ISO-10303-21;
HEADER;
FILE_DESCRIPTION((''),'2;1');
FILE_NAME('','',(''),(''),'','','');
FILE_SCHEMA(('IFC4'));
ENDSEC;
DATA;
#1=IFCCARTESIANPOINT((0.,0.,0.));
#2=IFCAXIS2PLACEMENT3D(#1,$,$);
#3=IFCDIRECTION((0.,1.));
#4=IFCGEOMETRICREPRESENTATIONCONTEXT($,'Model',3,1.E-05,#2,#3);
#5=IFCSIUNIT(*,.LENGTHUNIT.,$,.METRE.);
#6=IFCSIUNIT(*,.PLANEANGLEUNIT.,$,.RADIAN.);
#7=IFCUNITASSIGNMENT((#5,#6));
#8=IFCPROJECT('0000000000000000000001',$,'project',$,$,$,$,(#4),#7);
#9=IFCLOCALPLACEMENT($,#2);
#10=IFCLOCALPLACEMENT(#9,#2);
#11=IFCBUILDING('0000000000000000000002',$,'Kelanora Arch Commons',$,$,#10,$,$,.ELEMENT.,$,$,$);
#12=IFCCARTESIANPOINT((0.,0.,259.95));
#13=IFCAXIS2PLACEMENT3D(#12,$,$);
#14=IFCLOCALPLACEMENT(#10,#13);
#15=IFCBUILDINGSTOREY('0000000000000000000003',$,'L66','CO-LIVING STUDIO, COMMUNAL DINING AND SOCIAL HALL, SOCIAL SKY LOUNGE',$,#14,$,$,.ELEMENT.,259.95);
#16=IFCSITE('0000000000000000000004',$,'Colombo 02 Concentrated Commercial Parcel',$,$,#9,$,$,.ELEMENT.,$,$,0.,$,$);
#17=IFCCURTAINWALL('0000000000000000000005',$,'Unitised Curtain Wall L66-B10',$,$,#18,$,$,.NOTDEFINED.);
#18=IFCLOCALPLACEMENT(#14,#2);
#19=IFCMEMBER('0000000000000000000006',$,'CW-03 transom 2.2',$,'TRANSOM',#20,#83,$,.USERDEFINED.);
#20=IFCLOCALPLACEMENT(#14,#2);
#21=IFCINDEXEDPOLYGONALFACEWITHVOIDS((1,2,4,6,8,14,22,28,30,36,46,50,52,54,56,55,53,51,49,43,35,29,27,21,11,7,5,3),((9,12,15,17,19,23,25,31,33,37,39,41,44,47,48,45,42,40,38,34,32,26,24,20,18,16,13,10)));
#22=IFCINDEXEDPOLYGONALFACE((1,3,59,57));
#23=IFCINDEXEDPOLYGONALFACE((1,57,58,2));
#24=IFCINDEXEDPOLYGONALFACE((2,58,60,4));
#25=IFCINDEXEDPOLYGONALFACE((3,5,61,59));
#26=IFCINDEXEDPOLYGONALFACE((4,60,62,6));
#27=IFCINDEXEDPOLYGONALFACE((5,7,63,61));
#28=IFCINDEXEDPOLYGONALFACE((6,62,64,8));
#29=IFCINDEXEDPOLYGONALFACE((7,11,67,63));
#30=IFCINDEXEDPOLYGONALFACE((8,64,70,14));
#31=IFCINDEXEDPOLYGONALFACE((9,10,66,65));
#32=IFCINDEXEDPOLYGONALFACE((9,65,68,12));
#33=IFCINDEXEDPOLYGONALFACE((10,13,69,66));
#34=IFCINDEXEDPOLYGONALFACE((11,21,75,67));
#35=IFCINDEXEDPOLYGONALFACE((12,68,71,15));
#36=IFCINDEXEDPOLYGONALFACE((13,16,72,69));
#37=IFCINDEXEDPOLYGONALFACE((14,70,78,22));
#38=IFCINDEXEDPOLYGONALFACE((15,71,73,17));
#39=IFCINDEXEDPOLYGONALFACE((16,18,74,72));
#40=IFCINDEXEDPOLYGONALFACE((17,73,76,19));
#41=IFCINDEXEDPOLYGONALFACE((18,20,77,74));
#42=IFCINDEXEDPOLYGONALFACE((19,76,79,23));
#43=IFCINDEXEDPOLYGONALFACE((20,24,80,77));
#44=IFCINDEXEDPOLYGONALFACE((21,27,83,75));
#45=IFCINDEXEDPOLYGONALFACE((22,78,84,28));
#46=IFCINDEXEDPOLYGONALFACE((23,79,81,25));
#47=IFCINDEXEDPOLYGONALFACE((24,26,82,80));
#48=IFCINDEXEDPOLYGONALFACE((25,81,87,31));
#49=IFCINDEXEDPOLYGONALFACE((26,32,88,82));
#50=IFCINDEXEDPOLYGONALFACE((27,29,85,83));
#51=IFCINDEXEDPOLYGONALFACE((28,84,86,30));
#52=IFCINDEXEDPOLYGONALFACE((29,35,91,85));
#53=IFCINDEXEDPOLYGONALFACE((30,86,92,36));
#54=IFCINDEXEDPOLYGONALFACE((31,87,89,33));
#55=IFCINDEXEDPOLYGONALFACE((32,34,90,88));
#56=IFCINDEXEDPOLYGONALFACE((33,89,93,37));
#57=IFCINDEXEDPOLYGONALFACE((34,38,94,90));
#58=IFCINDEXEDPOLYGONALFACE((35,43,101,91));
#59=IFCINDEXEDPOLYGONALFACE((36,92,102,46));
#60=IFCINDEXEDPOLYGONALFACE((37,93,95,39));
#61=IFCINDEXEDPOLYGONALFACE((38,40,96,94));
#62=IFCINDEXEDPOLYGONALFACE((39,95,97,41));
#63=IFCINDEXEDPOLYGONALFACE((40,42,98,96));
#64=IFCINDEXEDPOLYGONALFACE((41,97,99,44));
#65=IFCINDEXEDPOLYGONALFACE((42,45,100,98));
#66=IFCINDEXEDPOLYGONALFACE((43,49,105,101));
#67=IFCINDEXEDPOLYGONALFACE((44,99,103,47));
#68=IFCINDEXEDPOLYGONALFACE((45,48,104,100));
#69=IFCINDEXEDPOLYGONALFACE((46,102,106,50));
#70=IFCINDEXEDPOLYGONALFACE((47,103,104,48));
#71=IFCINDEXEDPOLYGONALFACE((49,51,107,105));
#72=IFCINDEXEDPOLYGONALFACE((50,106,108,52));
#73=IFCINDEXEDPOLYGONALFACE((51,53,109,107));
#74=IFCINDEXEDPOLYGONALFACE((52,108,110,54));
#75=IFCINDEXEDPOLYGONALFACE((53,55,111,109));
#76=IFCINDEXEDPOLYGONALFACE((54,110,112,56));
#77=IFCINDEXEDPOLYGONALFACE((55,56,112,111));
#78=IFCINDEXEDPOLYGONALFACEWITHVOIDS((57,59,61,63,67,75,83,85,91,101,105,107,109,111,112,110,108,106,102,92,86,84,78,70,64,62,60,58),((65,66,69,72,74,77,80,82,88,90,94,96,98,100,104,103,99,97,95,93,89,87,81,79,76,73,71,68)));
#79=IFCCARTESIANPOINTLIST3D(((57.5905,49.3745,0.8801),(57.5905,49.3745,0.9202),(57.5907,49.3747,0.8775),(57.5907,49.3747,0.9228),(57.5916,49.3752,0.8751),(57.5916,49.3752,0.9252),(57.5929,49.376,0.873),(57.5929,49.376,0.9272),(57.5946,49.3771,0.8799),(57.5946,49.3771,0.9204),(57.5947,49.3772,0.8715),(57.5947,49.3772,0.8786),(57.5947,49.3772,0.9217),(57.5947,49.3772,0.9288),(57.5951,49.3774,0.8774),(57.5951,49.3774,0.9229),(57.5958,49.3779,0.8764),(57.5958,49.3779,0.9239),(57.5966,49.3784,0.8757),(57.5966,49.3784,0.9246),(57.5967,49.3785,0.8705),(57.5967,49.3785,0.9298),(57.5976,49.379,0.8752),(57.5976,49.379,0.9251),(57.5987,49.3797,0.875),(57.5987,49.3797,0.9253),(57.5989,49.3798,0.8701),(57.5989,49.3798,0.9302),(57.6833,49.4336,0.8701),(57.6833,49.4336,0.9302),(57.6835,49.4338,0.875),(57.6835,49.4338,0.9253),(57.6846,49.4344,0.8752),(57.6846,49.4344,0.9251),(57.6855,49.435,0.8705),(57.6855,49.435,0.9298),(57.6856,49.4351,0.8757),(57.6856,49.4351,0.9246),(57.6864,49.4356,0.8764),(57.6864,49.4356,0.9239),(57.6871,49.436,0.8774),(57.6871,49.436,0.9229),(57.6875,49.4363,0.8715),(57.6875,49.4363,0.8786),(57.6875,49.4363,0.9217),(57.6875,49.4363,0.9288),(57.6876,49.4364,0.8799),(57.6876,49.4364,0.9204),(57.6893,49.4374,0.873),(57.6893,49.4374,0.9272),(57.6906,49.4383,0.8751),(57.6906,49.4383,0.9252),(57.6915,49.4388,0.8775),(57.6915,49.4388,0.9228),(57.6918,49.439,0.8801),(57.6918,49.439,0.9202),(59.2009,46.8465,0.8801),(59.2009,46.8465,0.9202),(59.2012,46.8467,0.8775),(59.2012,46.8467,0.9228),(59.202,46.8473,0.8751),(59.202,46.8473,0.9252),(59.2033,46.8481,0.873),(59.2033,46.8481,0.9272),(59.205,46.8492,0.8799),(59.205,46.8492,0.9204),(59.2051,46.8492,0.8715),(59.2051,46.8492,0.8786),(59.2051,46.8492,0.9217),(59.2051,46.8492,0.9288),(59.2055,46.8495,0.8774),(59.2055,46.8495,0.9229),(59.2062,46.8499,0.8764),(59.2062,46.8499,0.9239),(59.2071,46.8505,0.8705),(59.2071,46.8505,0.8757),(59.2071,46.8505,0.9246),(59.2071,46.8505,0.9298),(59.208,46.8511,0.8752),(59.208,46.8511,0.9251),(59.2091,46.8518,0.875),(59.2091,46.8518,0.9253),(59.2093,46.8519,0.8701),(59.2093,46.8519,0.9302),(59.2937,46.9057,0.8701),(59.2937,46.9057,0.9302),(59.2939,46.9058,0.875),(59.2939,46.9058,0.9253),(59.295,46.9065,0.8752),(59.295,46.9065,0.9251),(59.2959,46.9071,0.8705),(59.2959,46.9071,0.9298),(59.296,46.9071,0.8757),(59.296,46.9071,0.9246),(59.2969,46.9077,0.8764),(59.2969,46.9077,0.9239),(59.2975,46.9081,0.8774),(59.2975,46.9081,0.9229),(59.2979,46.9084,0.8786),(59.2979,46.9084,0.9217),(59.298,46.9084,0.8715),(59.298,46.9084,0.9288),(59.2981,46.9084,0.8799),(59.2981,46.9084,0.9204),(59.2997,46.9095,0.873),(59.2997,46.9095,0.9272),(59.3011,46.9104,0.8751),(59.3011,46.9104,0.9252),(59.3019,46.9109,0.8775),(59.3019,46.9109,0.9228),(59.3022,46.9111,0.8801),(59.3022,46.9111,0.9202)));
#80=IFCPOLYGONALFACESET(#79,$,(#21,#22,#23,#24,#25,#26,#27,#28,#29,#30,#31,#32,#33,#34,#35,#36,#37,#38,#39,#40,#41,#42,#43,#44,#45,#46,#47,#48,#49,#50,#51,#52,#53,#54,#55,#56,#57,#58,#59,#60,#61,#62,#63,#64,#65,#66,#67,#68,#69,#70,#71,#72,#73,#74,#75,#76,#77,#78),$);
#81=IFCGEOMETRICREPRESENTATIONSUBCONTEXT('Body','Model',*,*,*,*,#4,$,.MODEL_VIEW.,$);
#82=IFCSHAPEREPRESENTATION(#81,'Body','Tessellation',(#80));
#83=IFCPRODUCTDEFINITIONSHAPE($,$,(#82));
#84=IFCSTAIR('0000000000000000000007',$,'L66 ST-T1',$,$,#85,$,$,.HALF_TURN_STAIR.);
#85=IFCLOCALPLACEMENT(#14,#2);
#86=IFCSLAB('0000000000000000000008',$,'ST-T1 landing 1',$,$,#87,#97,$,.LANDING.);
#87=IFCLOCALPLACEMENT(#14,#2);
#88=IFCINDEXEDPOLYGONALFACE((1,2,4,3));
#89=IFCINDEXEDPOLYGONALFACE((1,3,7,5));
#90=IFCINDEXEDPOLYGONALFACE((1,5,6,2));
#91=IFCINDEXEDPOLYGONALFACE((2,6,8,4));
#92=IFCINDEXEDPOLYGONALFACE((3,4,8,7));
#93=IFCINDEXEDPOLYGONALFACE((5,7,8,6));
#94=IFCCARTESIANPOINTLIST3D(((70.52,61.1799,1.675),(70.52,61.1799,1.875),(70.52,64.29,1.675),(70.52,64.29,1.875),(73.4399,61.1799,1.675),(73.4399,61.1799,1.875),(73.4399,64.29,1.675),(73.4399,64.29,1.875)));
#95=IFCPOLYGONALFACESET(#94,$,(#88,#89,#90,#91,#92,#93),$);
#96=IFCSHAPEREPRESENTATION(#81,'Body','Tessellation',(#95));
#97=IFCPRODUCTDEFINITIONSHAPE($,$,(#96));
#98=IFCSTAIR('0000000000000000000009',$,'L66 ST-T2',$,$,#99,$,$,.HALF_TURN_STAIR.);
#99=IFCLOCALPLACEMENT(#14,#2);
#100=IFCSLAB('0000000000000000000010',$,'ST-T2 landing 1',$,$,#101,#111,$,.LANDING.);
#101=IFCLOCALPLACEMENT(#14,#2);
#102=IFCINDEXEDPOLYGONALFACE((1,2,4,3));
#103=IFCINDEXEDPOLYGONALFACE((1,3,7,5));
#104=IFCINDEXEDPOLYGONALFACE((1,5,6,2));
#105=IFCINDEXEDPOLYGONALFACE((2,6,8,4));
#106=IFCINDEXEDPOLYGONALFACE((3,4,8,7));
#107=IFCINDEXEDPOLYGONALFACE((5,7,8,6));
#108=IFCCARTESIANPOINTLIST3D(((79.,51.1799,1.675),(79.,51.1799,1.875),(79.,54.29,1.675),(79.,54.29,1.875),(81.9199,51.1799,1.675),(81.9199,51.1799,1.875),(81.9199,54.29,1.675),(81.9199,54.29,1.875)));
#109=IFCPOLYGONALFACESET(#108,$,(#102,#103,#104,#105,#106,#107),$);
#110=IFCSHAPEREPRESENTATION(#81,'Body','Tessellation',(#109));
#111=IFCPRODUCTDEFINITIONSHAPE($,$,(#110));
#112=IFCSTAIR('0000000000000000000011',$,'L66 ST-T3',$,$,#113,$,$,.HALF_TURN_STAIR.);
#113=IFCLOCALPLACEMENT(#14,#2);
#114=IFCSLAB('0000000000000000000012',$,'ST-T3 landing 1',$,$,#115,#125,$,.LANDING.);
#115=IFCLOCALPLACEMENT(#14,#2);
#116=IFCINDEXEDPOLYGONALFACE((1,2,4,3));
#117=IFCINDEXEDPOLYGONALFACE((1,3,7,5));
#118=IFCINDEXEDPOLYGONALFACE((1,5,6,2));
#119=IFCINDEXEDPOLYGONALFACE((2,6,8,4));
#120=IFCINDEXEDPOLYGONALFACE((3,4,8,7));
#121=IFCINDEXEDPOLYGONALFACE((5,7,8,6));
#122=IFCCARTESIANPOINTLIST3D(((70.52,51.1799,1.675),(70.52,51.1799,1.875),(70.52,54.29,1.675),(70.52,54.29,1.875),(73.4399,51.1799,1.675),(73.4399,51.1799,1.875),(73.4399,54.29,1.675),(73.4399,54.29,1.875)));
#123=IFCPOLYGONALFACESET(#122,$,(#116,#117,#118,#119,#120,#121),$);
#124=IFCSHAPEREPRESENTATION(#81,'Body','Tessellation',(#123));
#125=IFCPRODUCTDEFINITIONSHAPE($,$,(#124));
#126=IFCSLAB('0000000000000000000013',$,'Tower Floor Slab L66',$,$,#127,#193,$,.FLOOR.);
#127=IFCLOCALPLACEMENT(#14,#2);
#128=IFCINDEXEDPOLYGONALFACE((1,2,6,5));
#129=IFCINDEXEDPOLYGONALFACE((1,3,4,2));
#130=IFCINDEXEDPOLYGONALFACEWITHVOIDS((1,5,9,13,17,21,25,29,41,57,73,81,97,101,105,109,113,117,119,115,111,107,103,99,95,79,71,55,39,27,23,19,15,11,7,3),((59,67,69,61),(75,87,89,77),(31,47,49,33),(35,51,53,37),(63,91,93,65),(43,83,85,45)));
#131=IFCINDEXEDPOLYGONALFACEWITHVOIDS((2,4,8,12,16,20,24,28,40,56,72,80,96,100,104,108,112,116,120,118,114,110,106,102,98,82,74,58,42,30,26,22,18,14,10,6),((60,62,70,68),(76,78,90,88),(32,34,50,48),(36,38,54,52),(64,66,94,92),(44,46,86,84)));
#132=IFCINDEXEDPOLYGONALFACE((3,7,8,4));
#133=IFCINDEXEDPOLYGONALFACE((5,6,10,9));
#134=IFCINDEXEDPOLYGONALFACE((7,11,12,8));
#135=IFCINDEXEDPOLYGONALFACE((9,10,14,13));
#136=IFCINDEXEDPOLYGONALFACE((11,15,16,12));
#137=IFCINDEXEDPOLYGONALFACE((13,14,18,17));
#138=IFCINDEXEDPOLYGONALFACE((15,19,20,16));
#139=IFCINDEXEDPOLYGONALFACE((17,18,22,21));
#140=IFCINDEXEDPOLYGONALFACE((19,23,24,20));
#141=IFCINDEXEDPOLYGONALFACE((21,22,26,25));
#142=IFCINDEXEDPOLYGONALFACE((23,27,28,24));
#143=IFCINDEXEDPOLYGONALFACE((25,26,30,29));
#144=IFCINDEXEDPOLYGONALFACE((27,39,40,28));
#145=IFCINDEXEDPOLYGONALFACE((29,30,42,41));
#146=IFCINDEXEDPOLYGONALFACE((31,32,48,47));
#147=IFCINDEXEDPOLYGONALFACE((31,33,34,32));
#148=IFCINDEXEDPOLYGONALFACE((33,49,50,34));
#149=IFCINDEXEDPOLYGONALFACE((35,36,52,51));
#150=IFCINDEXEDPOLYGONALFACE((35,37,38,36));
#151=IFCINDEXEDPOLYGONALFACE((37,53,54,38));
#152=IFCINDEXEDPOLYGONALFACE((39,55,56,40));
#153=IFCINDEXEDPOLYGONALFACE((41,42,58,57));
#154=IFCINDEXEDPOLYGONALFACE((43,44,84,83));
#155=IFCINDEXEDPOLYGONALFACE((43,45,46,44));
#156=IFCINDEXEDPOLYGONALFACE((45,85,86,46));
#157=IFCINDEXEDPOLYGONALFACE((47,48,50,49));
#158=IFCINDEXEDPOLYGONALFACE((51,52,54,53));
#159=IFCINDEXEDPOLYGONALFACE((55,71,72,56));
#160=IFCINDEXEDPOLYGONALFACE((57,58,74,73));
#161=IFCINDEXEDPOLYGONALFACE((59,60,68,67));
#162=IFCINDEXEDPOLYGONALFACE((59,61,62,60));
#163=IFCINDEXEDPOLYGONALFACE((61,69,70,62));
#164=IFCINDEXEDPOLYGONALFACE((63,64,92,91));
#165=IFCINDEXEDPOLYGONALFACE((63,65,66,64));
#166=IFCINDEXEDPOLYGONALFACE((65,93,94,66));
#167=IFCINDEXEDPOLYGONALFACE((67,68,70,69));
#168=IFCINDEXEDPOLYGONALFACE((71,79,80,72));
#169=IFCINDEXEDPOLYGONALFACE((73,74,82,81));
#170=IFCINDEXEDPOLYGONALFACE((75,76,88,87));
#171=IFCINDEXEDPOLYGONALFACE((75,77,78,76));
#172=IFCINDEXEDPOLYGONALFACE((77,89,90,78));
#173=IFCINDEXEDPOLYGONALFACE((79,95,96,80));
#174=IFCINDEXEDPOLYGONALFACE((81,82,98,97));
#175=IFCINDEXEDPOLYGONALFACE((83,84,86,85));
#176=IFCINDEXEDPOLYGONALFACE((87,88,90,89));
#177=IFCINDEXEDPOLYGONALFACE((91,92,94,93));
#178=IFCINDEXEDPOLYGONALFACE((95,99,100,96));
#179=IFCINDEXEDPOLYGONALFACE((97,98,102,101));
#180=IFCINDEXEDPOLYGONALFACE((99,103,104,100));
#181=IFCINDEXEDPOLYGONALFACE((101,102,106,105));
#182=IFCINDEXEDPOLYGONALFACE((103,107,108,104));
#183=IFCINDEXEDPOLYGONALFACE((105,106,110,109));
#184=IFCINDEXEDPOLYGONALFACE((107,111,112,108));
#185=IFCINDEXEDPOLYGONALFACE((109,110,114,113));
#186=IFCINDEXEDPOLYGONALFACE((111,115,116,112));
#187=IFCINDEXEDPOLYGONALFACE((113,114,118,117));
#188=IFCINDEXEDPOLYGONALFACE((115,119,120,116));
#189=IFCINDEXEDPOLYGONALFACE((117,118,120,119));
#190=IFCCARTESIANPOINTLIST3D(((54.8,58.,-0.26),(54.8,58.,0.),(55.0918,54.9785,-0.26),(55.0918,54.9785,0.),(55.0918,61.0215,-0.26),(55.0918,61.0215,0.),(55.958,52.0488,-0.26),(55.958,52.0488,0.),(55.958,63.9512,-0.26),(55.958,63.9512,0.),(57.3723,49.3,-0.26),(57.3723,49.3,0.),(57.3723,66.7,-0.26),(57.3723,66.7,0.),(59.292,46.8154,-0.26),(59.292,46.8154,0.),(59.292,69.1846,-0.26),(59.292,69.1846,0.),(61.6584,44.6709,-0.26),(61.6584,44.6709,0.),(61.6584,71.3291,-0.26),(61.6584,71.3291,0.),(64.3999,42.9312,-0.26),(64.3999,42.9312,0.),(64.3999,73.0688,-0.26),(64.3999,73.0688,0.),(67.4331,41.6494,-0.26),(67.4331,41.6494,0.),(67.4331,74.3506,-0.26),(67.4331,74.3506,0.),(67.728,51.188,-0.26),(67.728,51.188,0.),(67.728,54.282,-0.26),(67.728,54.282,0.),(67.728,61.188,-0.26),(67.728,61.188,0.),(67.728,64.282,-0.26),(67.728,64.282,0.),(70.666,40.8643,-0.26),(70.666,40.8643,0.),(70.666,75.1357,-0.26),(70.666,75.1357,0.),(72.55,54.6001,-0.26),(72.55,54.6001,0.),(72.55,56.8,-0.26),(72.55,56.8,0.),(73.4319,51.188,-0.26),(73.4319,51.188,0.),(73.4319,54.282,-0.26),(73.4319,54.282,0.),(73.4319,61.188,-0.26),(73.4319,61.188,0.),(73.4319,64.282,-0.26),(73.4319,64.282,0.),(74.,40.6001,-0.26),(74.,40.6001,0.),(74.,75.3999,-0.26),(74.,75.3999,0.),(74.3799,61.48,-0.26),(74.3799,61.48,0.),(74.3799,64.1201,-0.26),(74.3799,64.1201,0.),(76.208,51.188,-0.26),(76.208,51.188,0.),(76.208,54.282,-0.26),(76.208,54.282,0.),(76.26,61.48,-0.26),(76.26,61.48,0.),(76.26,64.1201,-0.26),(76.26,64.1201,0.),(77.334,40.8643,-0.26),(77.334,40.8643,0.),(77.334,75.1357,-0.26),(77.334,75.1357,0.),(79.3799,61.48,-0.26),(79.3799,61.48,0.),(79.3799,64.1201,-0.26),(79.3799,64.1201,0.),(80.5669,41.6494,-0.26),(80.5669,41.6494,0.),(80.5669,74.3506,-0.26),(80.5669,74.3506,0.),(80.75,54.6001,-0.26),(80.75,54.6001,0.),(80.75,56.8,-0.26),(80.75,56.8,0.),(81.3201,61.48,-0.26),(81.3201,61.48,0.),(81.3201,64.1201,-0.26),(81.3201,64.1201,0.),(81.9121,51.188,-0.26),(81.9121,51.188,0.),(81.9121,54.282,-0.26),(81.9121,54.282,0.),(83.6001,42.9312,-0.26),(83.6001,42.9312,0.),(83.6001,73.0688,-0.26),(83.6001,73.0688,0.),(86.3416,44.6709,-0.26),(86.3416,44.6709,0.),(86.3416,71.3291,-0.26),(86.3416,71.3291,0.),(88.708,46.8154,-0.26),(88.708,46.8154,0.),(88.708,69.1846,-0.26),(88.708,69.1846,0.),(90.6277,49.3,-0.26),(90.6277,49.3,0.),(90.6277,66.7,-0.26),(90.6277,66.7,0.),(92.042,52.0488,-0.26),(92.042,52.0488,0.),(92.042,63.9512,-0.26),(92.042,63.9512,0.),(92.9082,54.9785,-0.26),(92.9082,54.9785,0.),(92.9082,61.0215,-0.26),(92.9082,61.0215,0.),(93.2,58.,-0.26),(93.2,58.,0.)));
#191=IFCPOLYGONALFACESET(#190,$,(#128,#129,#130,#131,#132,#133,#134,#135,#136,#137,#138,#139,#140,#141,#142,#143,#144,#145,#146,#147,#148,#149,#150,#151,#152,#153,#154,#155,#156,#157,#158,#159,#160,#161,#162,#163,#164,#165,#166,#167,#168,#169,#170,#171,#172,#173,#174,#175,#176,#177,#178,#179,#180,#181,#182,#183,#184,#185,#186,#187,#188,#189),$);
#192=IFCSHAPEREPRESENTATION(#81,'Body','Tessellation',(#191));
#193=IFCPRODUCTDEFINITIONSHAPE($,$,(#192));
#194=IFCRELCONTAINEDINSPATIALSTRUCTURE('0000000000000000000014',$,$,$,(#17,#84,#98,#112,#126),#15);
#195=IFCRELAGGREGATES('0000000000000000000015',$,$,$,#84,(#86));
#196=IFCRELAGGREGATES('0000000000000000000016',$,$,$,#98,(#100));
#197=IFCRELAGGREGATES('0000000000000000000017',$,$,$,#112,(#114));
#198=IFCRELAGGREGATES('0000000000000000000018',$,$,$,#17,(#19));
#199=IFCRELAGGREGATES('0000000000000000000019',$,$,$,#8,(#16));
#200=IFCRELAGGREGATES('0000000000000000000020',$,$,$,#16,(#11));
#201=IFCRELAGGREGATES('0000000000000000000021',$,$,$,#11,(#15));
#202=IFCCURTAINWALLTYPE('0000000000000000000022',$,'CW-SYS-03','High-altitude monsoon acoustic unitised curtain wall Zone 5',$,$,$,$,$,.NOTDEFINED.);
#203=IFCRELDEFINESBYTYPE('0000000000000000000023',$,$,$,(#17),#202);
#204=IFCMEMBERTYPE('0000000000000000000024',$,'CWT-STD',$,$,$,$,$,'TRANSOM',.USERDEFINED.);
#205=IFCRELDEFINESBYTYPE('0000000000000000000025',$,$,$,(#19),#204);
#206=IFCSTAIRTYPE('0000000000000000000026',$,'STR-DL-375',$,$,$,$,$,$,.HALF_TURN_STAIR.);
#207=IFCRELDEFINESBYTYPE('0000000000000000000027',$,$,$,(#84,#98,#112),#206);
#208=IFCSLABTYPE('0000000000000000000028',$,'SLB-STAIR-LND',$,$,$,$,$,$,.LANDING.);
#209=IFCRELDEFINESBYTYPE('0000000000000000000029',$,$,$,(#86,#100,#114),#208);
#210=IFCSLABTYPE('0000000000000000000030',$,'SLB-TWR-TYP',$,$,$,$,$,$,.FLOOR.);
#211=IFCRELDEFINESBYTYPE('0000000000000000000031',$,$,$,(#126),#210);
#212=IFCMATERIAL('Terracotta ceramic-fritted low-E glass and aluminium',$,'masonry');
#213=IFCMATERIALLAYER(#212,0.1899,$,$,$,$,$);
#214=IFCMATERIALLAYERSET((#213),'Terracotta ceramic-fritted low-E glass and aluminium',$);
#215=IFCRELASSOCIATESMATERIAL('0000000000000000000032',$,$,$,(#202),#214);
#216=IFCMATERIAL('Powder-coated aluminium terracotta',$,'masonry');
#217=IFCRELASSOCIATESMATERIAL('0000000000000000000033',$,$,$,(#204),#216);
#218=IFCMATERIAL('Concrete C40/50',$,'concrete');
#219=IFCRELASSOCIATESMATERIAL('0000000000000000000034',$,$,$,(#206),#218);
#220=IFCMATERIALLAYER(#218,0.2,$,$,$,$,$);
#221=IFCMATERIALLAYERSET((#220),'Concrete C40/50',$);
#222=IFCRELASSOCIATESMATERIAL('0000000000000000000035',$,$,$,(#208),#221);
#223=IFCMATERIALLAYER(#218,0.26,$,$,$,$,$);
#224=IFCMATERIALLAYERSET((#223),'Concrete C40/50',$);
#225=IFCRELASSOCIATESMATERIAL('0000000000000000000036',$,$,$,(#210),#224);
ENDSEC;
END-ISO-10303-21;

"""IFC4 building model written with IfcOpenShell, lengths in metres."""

from ifc_helpers import new_model, si_unit, direction, frame, origin, origin_2d, place, context, subcontext, project, spatial, polyline, hollow_rectangle, outline, extrude, material, layer, layer_set, material_profile, profile_set, type_object, element, aggregate, save


model = new_model("IFC4")

# Units and contexts
model_context = context("Model", 3, precision=1e-05, world=origin(), true_north=direction((0.0, 1.0)))
body_context = subcontext(model_context, "Body", "Model", "MODEL_VIEW")
ifc_project = project(units=[si_unit("LENGTHUNIT", "METRE"), si_unit("PLANEANGLEUNIT", "RADIAN")], contexts=[model_context])

# Site, building, storey
site_placement = place(None, origin())
site = spatial("IfcSite", under=ifc_project, at=site_placement, Name="Colombo 02 Concentrated Commercial Parcel", CompositionType="ELEMENT", RefElevation=0.0)
building_placement = place(site_placement, origin())
building = spatial("IfcBuilding", under=site, at=building_placement, Name="Kelanora Arch Commons", CompositionType="ELEMENT")
storey_placement = place(building_placement, frame((0.0, 0.0, 259.95)))
storey = spatial("IfcBuildingStorey", under=building, at=storey_placement, Name="L66", Description="CO-LIVING STUDIO, COMMUNAL DINING AND SOCIAL HALL, SOCIAL SKY LOUNGE", CompositionType="ELEMENT", Elevation=259.95)

# Curtain wall, member
ifc_material_1 = material(Name="Terracotta ceramic-fritted low-E glass and aluminium", Category="masonry")
ifc_layer_1 = layer(ifc_material_1, 0.1899)
ifc_layer_set_1 = layer_set([ifc_layer_1], Name="Terracotta ceramic-fritted low-E glass and aluminium")
curtain_wall_type = type_object("IfcCurtainWallType", Name="CW-SYS-03", Description="High-altitude monsoon acoustic unitised curtain wall Zone 5", PredefinedType="NOTDEFINED", material=ifc_layer_set_1)
curtain_wall_placement = place(storey_placement, origin())
curtain_wall = element("IfcCurtainWall", 1, at=curtain_wall_placement, inside=storey, type_object=curtain_wall_type, Name="Unitised Curtain Wall L66-B10", PredefinedType="NOTDEFINED")
ifc_material_2 = material(Name="Powder-coated aluminium terracotta", Category="masonry")
ifc_material_profile_1 = material_profile(ifc_material_2, hollow_rectangle(XDim=0.1201, YDim=0.0601, WallThickness=0.0049, InnerFilletRadius=0.0049, OuterFilletRadius=0.01, at=origin_2d()), Name="CWT120x60")
ifc_profile_set_1 = profile_set([ifc_material_profile_1], Name="Powder-coated aluminium terracotta")
member_type_1 = type_object("IfcMemberType", Name="CWT-STD", ElementType="TRANSOM", PredefinedType="USERDEFINED", material=ifc_profile_set_1)
member_1_placement = place(storey_placement, frame((57.6411, 49.4067, 0.9001), z_axis=(0.537287, -0.8434, 0.0), x_axis=(0.8434, 0.537287, 0.0)))
member_1 = element("IfcMember", 2, at=member_1_placement, type_object=member_type_1, Name="CW-03 transom 2.2", ObjectType="TRANSOM", PredefinedType="USERDEFINED", context=body_context, shape_type="SweptSolid", body=[
    extrude(hollow_rectangle(XDim=0.1201, YDim=0.0601, WallThickness=0.0049, InnerFilletRadius=0.0049, OuterFilletRadius=0.01, at=origin_2d()), origin(), (0.0, 0.0, 1.0), 2.9973),
])

# Stairs, slabs
ifc_material_3 = material(Name="Concrete C40/50", Category="concrete")
stair_type = type_object("IfcStairType", Name="STR-DL-375", PredefinedType="HALF_TURN_STAIR", material=ifc_material_3)
stair_1_placement = place(storey_placement, origin())
stair_1 = element("IfcStair", 3, at=stair_1_placement, inside=storey, type_object=stair_type, Name="L66 ST-T1", PredefinedType="HALF_TURN_STAIR")
ifc_layer_2 = layer(ifc_material_3, 0.2)
ifc_layer_set_2 = layer_set([ifc_layer_2], Name="Concrete C40/50")
slab_type_1 = type_object("IfcSlabType", Name="SLB-STAIR-LND", PredefinedType="LANDING", material=ifc_layer_set_2)
slab_1_placement = place(storey_placement, frame((0.0, 0.0, 1.675)))
slab_1 = element("IfcSlab", 4, at=slab_1_placement, type_object=slab_type_1, Name="ST-T1 landing 1", PredefinedType="LANDING", context=body_context, shape_type="SweptSolid", body=[
    extrude(outline(polyline([(70.52, 61.1799), (73.4399, 61.1799), (73.4399, 64.29), (70.52, 64.29), (70.52, 61.1799)])), origin(), (0.0, 0.0, 1.0), 0.2),
])
aggregate(stair_1, [slab_1])
stair_2_placement = place(storey_placement, origin())
stair_2 = element("IfcStair", 5, at=stair_2_placement, inside=storey, type_object=stair_type, Name="L66 ST-T2", PredefinedType="HALF_TURN_STAIR")
slab_2_placement = place(storey_placement, frame((0.0, 0.0, 1.675)))
slab_2 = element("IfcSlab", 6, at=slab_2_placement, type_object=slab_type_1, Name="ST-T2 landing 1", PredefinedType="LANDING", context=body_context, shape_type="SweptSolid", body=[
    extrude(outline(polyline([(79.0, 51.1799), (81.9199, 51.1799), (81.9199, 54.29), (79.0, 54.29), (79.0, 51.1799)])), origin(), (0.0, 0.0, 1.0), 0.2),
])
aggregate(stair_2, [slab_2])
stair_3_placement = place(storey_placement, origin())
stair_3 = element("IfcStair", 7, at=stair_3_placement, inside=storey, type_object=stair_type, Name="L66 ST-T3", PredefinedType="HALF_TURN_STAIR")
slab_3_placement = place(storey_placement, frame((0.0, 0.0, 1.675)))
slab_3 = element("IfcSlab", 8, at=slab_3_placement, type_object=slab_type_1, Name="ST-T3 landing 1", PredefinedType="LANDING", context=body_context, shape_type="SweptSolid", body=[
    extrude(outline(polyline([(70.52, 51.1799), (73.4399, 51.1799), (73.4399, 54.29), (70.52, 54.29), (70.52, 51.1799)])), origin(), (0.0, 0.0, 1.0), 0.2),
])
aggregate(stair_3, [slab_3])

# Slab
ifc_layer_3 = layer(ifc_material_3, 0.26)
ifc_layer_set_3 = layer_set([ifc_layer_3], Name="Concrete C40/50")
slab_type_2 = type_object("IfcSlabType", Name="SLB-TWR-TYP", PredefinedType="FLOOR", material=ifc_layer_set_3)
slab_4_placement = place(storey_placement, frame((0.0, 0.0, -0.26)))
element("IfcSlab", 9, at=slab_4_placement, inside=storey, type_object=slab_type_2, Name="Tower Floor Slab L66", PredefinedType="FLOOR", context=body_context, shape_type="SweptSolid", body=[
    extrude(outline(polyline([(93.2, 58.0), (92.9082, 61.0215), (92.042, 63.9512), (90.6277, 66.7), (88.708, 69.1846), (86.3416, 71.3291), (83.6001, 73.0688), (80.5669, 74.3506), (77.334, 75.1357), (74.0, 75.3999), (70.666, 75.1357), (67.4331, 74.3506), (64.3999, 73.0688), (61.6584, 71.3291), (59.292, 69.1846), (57.3723, 66.7), (55.958, 63.9512), (55.0918, 61.0215), (54.8, 58.0), (55.0918, 54.9785), (55.958, 52.0488), (57.3723, 49.3), (59.292, 46.8154), (61.6584, 44.6709), (64.3999, 42.9312), (67.4331, 41.6494), (70.666, 40.8643), (74.0, 40.6001), (77.334, 40.8643), (80.5669, 41.6494), (83.6001, 42.9312), (86.3416, 44.6709), (88.708, 46.8154), (90.6277, 49.3), (92.042, 52.0488), (92.9082, 54.9785), (93.2, 58.0)]), holes=[polyline([(73.4319, 51.188), (67.728, 51.188), (67.728, 54.282), (73.4319, 54.282), (73.4319, 51.188)]), polyline([(76.208, 51.188), (76.208, 54.282), (81.9121, 54.282), (81.9121, 51.188), (76.208, 51.188)]), polyline([(72.55, 54.6001), (72.55, 56.8), (80.75, 56.8), (80.75, 54.6001), (72.55, 54.6001)]), polyline([(73.4319, 61.188), (67.728, 61.188), (67.728, 64.282), (73.4319, 64.282), (73.4319, 61.188)]), polyline([(74.3799, 61.48), (74.3799, 64.1201), (76.26, 64.1201), (76.26, 61.48), (74.3799, 61.48)]), polyline([(79.3799, 61.48), (79.3799, 64.1201), (81.3201, 64.1201), (81.3201, 61.48), (79.3799, 61.48)])]), origin(), (0.0, 0.0, 1.0), 0.26),
])

aggregate(curtain_wall, [member_1])

save(model, "model.ifc")
